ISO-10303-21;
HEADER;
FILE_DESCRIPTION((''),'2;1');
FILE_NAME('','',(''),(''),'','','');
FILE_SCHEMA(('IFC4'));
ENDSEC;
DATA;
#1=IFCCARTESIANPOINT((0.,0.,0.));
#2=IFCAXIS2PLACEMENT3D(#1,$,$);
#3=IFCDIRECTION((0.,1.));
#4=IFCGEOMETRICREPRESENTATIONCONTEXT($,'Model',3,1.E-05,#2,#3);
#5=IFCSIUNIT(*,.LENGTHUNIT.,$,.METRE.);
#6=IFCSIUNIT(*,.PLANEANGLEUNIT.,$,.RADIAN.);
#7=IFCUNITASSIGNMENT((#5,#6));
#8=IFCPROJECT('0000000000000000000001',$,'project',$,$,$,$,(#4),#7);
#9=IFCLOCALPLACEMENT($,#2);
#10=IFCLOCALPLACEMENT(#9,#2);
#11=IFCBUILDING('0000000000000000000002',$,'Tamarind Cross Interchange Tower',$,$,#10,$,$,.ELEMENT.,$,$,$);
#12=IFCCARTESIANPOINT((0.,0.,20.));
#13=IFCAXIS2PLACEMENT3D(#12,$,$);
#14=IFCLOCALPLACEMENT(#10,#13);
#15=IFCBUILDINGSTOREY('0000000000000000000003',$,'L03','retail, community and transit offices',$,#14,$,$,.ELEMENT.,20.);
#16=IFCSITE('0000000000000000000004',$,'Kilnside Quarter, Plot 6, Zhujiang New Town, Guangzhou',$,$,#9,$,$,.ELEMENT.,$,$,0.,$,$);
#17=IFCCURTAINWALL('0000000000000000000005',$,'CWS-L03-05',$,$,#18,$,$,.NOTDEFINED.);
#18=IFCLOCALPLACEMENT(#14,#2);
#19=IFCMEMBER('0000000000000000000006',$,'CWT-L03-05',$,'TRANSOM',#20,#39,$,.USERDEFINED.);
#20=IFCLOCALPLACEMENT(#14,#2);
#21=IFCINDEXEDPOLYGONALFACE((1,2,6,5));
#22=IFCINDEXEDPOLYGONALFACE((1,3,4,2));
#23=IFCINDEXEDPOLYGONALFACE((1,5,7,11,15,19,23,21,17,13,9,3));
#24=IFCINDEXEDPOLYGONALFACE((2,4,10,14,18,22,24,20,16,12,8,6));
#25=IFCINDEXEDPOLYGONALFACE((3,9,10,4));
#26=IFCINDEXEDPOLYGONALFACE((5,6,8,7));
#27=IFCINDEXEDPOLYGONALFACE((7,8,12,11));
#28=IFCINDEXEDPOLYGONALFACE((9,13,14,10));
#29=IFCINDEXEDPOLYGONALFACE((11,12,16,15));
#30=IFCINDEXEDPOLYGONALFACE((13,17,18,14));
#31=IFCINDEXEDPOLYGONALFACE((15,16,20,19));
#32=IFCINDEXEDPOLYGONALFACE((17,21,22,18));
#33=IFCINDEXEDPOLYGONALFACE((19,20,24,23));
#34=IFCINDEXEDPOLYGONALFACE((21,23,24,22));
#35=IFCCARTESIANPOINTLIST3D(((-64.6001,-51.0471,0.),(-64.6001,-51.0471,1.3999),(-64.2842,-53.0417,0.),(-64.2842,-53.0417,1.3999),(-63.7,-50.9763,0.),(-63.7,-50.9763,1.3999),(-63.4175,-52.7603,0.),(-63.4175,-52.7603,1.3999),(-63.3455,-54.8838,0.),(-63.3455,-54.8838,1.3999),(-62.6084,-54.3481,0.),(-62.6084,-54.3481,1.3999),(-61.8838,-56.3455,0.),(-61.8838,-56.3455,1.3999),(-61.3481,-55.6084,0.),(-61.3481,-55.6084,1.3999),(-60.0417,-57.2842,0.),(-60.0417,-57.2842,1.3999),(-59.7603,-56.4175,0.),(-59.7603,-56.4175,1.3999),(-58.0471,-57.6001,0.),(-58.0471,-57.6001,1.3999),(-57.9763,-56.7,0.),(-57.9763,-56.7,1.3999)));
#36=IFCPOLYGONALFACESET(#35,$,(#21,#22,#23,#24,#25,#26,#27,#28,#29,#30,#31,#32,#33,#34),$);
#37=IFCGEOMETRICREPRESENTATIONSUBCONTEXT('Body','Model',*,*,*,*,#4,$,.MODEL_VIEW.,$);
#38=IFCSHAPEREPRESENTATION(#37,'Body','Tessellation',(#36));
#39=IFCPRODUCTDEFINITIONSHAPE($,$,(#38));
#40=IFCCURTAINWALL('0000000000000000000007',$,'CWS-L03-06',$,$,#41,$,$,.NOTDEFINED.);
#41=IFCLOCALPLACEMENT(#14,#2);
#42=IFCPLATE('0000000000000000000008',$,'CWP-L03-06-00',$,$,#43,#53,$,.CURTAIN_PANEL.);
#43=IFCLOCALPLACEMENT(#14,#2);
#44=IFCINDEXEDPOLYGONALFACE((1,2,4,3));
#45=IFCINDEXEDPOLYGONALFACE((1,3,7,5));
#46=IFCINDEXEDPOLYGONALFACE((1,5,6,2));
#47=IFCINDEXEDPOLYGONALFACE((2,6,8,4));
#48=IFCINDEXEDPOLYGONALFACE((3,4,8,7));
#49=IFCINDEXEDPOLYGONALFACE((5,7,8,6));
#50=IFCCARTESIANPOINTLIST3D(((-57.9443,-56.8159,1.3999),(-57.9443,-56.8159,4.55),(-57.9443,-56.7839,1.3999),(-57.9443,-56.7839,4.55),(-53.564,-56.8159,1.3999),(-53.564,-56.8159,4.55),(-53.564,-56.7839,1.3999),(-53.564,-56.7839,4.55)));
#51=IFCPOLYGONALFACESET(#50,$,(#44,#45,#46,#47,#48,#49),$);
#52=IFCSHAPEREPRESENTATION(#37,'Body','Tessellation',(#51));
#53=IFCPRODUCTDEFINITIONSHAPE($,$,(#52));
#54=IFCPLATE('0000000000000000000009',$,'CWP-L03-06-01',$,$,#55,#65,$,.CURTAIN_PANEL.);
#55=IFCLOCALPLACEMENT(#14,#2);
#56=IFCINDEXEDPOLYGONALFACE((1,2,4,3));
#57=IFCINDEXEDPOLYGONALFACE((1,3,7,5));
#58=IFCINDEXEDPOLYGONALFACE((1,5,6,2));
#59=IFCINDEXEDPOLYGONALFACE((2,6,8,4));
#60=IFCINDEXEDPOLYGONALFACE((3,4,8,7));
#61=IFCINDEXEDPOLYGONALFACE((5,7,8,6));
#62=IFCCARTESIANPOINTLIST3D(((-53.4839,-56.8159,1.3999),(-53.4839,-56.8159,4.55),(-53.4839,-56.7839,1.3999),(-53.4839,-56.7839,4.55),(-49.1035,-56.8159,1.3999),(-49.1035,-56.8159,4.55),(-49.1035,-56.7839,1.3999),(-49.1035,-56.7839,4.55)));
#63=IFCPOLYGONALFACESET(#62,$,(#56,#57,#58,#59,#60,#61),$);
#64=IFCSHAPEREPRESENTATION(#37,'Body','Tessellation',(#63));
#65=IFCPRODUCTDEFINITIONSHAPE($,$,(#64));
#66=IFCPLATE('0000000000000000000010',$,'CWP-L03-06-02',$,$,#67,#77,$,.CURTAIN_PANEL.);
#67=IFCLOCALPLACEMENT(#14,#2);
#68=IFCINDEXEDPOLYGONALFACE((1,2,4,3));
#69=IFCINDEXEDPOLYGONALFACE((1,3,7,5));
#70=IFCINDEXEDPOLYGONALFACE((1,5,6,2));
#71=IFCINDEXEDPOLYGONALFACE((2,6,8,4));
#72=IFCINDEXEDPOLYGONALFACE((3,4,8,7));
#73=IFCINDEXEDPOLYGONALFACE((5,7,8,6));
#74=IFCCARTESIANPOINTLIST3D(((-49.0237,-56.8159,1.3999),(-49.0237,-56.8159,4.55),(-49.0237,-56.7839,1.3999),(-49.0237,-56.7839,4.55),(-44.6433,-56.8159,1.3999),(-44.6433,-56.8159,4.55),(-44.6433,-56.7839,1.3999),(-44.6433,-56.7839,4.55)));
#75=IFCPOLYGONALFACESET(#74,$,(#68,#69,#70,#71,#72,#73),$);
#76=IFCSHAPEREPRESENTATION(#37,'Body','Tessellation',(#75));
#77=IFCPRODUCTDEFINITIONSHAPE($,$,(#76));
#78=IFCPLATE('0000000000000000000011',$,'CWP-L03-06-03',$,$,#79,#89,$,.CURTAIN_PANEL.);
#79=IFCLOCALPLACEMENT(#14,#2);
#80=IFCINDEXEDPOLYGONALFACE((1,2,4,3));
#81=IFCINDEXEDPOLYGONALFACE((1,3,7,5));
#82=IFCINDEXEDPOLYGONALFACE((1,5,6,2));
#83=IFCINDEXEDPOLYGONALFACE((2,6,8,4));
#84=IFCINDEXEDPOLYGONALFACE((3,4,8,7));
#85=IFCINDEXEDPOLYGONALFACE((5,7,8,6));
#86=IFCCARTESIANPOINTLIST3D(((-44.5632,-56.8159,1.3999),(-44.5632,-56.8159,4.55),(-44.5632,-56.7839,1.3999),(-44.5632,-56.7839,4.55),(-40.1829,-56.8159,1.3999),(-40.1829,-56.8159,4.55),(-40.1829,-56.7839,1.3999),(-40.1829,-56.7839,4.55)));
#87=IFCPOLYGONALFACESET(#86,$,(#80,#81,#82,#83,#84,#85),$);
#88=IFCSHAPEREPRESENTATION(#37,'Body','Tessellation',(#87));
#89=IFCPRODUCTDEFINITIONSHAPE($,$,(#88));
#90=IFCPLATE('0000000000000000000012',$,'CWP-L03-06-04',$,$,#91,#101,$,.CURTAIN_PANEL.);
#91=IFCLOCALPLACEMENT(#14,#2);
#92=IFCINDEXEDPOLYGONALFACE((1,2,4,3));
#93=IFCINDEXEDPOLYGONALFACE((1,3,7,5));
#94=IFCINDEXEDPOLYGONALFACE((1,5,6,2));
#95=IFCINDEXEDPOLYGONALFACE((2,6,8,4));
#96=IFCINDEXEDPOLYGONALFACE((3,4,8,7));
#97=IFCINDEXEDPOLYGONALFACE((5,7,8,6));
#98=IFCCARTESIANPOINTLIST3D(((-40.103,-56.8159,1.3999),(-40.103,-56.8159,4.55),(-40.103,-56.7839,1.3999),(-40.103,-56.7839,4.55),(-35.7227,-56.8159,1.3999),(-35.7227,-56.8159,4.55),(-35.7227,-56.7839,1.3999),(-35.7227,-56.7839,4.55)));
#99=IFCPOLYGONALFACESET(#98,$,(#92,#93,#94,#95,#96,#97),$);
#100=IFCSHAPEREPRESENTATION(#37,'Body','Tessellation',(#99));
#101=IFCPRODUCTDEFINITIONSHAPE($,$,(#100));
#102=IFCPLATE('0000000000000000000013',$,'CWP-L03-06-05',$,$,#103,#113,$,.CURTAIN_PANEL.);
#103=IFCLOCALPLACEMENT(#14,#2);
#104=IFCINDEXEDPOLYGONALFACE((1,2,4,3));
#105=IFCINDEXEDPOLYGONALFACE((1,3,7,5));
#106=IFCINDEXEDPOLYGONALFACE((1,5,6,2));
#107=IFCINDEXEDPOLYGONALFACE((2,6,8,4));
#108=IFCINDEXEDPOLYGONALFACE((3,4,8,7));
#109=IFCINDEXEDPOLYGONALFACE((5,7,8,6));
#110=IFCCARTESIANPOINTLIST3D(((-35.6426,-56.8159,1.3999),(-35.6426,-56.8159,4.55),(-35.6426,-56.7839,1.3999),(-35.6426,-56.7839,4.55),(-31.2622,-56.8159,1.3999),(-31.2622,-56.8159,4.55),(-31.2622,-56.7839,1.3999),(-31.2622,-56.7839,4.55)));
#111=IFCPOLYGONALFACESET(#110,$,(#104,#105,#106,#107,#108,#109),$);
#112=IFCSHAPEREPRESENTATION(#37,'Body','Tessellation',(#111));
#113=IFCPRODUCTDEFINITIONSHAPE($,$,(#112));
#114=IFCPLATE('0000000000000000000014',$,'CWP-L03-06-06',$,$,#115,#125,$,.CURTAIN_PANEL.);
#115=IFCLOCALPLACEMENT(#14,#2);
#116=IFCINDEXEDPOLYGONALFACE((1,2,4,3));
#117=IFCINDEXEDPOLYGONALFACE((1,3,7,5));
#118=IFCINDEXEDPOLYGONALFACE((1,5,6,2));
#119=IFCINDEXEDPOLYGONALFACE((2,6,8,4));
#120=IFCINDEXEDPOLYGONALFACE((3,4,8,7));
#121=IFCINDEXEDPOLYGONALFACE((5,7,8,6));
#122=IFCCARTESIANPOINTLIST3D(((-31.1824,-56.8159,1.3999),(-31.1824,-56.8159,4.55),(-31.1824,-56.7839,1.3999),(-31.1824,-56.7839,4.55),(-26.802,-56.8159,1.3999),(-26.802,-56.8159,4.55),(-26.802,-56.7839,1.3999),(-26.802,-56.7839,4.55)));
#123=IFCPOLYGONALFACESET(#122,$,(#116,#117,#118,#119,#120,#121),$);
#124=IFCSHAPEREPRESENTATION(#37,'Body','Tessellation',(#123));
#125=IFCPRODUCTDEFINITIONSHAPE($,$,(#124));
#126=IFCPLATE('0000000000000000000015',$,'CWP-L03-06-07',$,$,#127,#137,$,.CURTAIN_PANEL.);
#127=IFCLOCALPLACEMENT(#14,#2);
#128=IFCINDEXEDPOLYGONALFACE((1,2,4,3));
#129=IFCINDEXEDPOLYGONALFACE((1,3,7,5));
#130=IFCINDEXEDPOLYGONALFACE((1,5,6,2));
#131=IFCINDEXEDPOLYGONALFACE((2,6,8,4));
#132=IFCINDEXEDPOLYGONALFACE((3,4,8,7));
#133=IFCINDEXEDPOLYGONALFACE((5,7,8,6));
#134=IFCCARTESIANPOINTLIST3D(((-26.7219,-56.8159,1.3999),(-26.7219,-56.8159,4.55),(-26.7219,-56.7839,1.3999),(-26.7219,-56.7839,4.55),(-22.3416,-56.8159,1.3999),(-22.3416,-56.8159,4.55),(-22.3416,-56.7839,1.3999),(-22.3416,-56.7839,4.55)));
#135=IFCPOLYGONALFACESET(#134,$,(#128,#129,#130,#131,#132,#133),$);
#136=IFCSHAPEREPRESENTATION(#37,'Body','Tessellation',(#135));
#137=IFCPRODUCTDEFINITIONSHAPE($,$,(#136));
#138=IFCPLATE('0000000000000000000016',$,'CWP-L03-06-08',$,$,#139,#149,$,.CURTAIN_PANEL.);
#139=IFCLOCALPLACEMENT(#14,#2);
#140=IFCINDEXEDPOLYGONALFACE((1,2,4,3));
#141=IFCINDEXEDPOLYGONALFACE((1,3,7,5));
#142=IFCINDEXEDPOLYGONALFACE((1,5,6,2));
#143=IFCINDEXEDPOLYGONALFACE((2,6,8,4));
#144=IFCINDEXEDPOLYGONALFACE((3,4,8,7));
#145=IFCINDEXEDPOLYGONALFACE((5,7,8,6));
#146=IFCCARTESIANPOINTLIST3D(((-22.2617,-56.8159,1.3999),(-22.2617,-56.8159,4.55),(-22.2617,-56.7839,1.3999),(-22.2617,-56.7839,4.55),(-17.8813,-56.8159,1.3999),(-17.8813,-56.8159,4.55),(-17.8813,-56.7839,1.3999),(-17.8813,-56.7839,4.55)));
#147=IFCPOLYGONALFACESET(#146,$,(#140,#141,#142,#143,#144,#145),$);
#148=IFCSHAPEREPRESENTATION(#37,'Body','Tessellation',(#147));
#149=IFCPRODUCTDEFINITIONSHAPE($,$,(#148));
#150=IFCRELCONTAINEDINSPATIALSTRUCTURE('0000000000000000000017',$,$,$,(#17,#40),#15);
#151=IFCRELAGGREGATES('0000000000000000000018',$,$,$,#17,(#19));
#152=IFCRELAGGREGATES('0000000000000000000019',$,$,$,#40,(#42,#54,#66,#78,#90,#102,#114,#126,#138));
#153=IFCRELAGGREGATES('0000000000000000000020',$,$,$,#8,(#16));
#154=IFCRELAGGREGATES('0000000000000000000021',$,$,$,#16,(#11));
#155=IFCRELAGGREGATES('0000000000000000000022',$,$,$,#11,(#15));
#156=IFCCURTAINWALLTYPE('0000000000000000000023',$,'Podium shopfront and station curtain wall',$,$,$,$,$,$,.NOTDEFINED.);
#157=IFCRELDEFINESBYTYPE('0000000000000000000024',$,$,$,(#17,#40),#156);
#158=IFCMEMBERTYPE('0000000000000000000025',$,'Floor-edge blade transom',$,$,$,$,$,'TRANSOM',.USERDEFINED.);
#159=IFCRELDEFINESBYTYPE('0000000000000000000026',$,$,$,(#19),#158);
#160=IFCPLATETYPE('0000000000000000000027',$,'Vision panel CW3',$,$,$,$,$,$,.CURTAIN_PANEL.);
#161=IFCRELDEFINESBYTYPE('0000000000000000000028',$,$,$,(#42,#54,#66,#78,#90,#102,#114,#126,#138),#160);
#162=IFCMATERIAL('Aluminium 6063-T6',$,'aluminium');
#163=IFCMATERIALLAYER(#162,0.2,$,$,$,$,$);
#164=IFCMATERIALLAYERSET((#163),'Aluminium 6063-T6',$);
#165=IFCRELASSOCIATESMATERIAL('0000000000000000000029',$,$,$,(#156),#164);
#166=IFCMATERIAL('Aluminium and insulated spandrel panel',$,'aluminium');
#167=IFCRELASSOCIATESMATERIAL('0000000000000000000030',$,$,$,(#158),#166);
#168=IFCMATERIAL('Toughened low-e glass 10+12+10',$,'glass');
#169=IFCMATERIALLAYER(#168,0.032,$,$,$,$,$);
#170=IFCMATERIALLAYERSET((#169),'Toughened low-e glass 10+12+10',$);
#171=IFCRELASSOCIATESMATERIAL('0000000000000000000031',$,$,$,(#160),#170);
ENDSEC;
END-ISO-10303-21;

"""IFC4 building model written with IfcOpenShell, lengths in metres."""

from ifc_helpers import new_model, si_unit, direction, frame, origin, place, context, subcontext, project, spatial, polyline, outline, extrude, material, layer, layer_set, type_object, element, aggregate, save


model = new_model("IFC4")

# Units and contexts
model_context = context("Model", 3, precision=1e-05, world=origin(), true_north=direction((0.0, 1.0)))
body_context = subcontext(model_context, "Body", "Model", "MODEL_VIEW")
ifc_project = project(units=[si_unit("LENGTHUNIT", "METRE"), si_unit("PLANEANGLEUNIT", "RADIAN")], contexts=[model_context])

# Site, building, storey
site_placement = place(None, origin())
site = spatial("IfcSite", under=ifc_project, at=site_placement, Name="Kilnside Quarter, Plot 6, Zhujiang New Town, Guangzhou", CompositionType="ELEMENT", RefElevation=0.0)
building_placement = place(site_placement, origin())
building = spatial("IfcBuilding", under=site, at=building_placement, Name="Tamarind Cross Interchange Tower", CompositionType="ELEMENT")
storey_placement = place(building_placement, frame((0.0, 0.0, 20.0)))
storey = spatial("IfcBuildingStorey", under=building, at=storey_placement, Name="L03", Description="retail, community and transit offices", CompositionType="ELEMENT", Elevation=20.0)

# Curtain wall, member
ifc_material_1 = material(Name="Aluminium 6063-T6", Category="aluminium")
ifc_layer_1 = layer(ifc_material_1, 0.2)
ifc_layer_set_1 = layer_set([ifc_layer_1], Name="Aluminium 6063-T6")
curtain_wall_type = type_object("IfcCurtainWallType", Name="Podium shopfront and station curtain wall", PredefinedType="NOTDEFINED", material=ifc_layer_set_1)
curtain_wall_1_placement = place(storey_placement, origin())
curtain_wall_1 = element("IfcCurtainWall", 1, at=curtain_wall_1_placement, inside=storey, type_object=curtain_wall_type, Name="CWS-L03-05", PredefinedType="NOTDEFINED")
ifc_material_2 = material(Name="Aluminium and insulated spandrel panel", Category="aluminium")
member_type = type_object("IfcMemberType", Name="Floor-edge blade transom", ElementType="TRANSOM", PredefinedType="USERDEFINED", material=ifc_material_2)
member_placement = place(storey_placement, origin())
member = element("IfcMember", 2, at=member_placement, type_object=member_type, Name="CWT-L03-05", ObjectType="TRANSOM", PredefinedType="USERDEFINED", context=body_context, shape_type="SweptSolid", body=[
    extrude(outline(polyline([(-63.7, -50.9763), (-63.4175, -52.7603), (-62.6084, -54.3481), (-61.3481, -55.6084), (-59.7603, -56.4175), (-57.9763, -56.7), (-58.0471, -57.6001), (-60.0417, -57.2842), (-61.8838, -56.3455), (-63.3455, -54.8838), (-64.2842, -53.0417), (-64.6001, -51.0471), (-63.7, -50.9763)])), origin(), (0.0, 0.0, 1.0), 1.3999),
])
aggregate(curtain_wall_1, [member])

# Curtain wall, plates
curtain_wall_2_placement = place(storey_placement, origin())
curtain_wall_2 = element("IfcCurtainWall", 3, at=curtain_wall_2_placement, inside=storey, type_object=curtain_wall_type, Name="CWS-L03-06", PredefinedType="NOTDEFINED")
ifc_material_3 = material(Name="Toughened low-e glass 10+12+10", Category="glass")
ifc_layer_2 = layer(ifc_material_3, 0.032)
ifc_layer_set_2 = layer_set([ifc_layer_2], Name="Toughened low-e glass 10+12+10")
plate_type = type_object("IfcPlateType", Name="Vision panel CW3", PredefinedType="CURTAIN_PANEL", material=ifc_layer_set_2)
plate_1_placement = place(storey_placement, frame((0.0, 0.0, 1.3999)))
plate_1 = element("IfcPlate", 4, at=plate_1_placement, type_object=plate_type, Name="CWP-L03-06-00", PredefinedType="CURTAIN_PANEL", context=body_context, shape_type="SweptSolid", body=[
    extrude(outline(polyline([(-57.9443, -56.7839), (-53.564, -56.7839), (-53.564, -56.8159), (-57.9443, -56.8159), (-57.9443, -56.7839)])), origin(), (0.0, 0.0, 1.0), 3.1501),
])
plate_2_placement = place(storey_placement, frame((0.0, 0.0, 1.3999)))
plate_2 = element("IfcPlate", 5, at=plate_2_placement, type_object=plate_type, Name="CWP-L03-06-01", PredefinedType="CURTAIN_PANEL", context=body_context, shape_type="SweptSolid", body=[
    extrude(outline(polyline([(-53.4839, -56.7839), (-49.1035, -56.7839), (-49.1035, -56.8159), (-53.4839, -56.8159), (-53.4839, -56.7839)])), origin(), (0.0, 0.0, 1.0), 3.1501),
])
plate_3_placement = place(storey_placement, frame((0.0, 0.0, 1.3999)))
plate_3 = element("IfcPlate", 6, at=plate_3_placement, type_object=plate_type, Name="CWP-L03-06-02", PredefinedType="CURTAIN_PANEL", context=body_context, shape_type="SweptSolid", body=[
    extrude(outline(polyline([(-49.0237, -56.7839), (-44.6433, -56.7839), (-44.6433, -56.8159), (-49.0237, -56.8159), (-49.0237, -56.7839)])), origin(), (0.0, 0.0, 1.0), 3.1501),
])
plate_4_placement = place(storey_placement, frame((0.0, 0.0, 1.3999)))
plate_4 = element("IfcPlate", 7, at=plate_4_placement, type_object=plate_type, Name="CWP-L03-06-03", PredefinedType="CURTAIN_PANEL", context=body_context, shape_type="SweptSolid", body=[
    extrude(outline(polyline([(-44.5632, -56.7839), (-40.1829, -56.7839), (-40.1829, -56.8159), (-44.5632, -56.8159), (-44.5632, -56.7839)])), origin(), (0.0, 0.0, 1.0), 3.1501),
])
plate_5_placement = place(storey_placement, frame((0.0, 0.0, 1.3999)))
plate_5 = element("IfcPlate", 8, at=plate_5_placement, type_object=plate_type, Name="CWP-L03-06-04", PredefinedType="CURTAIN_PANEL", context=body_context, shape_type="SweptSolid", body=[
    extrude(outline(polyline([(-40.103, -56.7839), (-35.7227, -56.7839), (-35.7227, -56.8159), (-40.103, -56.8159), (-40.103, -56.7839)])), origin(), (0.0, 0.0, 1.0), 3.1501),
])
plate_6_placement = place(storey_placement, frame((0.0, 0.0, 1.3999)))
plate_6 = element("IfcPlate", 9, at=plate_6_placement, type_object=plate_type, Name="CWP-L03-06-05", PredefinedType="CURTAIN_PANEL", context=body_context, shape_type="SweptSolid", body=[
    extrude(outline(polyline([(-35.6426, -56.7839), (-31.2622, -56.7839), (-31.2622, -56.8159), (-35.6426, -56.8159), (-35.6426, -56.7839)])), origin(), (0.0, 0.0, 1.0), 3.1501),
])
plate_7_placement = place(storey_placement, frame((0.0, 0.0, 1.3999)))
plate_7 = element("IfcPlate", 10, at=plate_7_placement, type_object=plate_type, Name="CWP-L03-06-06", PredefinedType="CURTAIN_PANEL", context=body_context, shape_type="SweptSolid", body=[
    extrude(outline(polyline([(-31.1824, -56.7839), (-26.802, -56.7839), (-26.802, -56.8159), (-31.1824, -56.8159), (-31.1824, -56.7839)])), origin(), (0.0, 0.0, 1.0), 3.1501),
])
plate_8_placement = place(storey_placement, frame((0.0, 0.0, 1.3999)))
plate_8 = element("IfcPlate", 11, at=plate_8_placement, type_object=plate_type, Name="CWP-L03-06-07", PredefinedType="CURTAIN_PANEL", context=body_context, shape_type="SweptSolid", body=[
    extrude(outline(polyline([(-26.7219, -56.7839), (-22.3416, -56.7839), (-22.3416, -56.8159), (-26.7219, -56.8159), (-26.7219, -56.7839)])), origin(), (0.0, 0.0, 1.0), 3.1501),
])
plate_9_placement = place(storey_placement, frame((0.0, 0.0, 1.3999)))
plate_9 = element("IfcPlate", 12, at=plate_9_placement, type_object=plate_type, Name="CWP-L03-06-08", PredefinedType="CURTAIN_PANEL", context=body_context, shape_type="SweptSolid", body=[
    extrude(outline(polyline([(-22.2617, -56.7839), (-17.8813, -56.7839), (-17.8813, -56.8159), (-22.2617, -56.8159), (-22.2617, -56.7839)])), origin(), (0.0, 0.0, 1.0), 3.1501),
])
aggregate(curtain_wall_2, [plate_1, plate_2, plate_3, plate_4, plate_5, plate_6, plate_7, plate_8, plate_9])

save(model, "model.ifc")
